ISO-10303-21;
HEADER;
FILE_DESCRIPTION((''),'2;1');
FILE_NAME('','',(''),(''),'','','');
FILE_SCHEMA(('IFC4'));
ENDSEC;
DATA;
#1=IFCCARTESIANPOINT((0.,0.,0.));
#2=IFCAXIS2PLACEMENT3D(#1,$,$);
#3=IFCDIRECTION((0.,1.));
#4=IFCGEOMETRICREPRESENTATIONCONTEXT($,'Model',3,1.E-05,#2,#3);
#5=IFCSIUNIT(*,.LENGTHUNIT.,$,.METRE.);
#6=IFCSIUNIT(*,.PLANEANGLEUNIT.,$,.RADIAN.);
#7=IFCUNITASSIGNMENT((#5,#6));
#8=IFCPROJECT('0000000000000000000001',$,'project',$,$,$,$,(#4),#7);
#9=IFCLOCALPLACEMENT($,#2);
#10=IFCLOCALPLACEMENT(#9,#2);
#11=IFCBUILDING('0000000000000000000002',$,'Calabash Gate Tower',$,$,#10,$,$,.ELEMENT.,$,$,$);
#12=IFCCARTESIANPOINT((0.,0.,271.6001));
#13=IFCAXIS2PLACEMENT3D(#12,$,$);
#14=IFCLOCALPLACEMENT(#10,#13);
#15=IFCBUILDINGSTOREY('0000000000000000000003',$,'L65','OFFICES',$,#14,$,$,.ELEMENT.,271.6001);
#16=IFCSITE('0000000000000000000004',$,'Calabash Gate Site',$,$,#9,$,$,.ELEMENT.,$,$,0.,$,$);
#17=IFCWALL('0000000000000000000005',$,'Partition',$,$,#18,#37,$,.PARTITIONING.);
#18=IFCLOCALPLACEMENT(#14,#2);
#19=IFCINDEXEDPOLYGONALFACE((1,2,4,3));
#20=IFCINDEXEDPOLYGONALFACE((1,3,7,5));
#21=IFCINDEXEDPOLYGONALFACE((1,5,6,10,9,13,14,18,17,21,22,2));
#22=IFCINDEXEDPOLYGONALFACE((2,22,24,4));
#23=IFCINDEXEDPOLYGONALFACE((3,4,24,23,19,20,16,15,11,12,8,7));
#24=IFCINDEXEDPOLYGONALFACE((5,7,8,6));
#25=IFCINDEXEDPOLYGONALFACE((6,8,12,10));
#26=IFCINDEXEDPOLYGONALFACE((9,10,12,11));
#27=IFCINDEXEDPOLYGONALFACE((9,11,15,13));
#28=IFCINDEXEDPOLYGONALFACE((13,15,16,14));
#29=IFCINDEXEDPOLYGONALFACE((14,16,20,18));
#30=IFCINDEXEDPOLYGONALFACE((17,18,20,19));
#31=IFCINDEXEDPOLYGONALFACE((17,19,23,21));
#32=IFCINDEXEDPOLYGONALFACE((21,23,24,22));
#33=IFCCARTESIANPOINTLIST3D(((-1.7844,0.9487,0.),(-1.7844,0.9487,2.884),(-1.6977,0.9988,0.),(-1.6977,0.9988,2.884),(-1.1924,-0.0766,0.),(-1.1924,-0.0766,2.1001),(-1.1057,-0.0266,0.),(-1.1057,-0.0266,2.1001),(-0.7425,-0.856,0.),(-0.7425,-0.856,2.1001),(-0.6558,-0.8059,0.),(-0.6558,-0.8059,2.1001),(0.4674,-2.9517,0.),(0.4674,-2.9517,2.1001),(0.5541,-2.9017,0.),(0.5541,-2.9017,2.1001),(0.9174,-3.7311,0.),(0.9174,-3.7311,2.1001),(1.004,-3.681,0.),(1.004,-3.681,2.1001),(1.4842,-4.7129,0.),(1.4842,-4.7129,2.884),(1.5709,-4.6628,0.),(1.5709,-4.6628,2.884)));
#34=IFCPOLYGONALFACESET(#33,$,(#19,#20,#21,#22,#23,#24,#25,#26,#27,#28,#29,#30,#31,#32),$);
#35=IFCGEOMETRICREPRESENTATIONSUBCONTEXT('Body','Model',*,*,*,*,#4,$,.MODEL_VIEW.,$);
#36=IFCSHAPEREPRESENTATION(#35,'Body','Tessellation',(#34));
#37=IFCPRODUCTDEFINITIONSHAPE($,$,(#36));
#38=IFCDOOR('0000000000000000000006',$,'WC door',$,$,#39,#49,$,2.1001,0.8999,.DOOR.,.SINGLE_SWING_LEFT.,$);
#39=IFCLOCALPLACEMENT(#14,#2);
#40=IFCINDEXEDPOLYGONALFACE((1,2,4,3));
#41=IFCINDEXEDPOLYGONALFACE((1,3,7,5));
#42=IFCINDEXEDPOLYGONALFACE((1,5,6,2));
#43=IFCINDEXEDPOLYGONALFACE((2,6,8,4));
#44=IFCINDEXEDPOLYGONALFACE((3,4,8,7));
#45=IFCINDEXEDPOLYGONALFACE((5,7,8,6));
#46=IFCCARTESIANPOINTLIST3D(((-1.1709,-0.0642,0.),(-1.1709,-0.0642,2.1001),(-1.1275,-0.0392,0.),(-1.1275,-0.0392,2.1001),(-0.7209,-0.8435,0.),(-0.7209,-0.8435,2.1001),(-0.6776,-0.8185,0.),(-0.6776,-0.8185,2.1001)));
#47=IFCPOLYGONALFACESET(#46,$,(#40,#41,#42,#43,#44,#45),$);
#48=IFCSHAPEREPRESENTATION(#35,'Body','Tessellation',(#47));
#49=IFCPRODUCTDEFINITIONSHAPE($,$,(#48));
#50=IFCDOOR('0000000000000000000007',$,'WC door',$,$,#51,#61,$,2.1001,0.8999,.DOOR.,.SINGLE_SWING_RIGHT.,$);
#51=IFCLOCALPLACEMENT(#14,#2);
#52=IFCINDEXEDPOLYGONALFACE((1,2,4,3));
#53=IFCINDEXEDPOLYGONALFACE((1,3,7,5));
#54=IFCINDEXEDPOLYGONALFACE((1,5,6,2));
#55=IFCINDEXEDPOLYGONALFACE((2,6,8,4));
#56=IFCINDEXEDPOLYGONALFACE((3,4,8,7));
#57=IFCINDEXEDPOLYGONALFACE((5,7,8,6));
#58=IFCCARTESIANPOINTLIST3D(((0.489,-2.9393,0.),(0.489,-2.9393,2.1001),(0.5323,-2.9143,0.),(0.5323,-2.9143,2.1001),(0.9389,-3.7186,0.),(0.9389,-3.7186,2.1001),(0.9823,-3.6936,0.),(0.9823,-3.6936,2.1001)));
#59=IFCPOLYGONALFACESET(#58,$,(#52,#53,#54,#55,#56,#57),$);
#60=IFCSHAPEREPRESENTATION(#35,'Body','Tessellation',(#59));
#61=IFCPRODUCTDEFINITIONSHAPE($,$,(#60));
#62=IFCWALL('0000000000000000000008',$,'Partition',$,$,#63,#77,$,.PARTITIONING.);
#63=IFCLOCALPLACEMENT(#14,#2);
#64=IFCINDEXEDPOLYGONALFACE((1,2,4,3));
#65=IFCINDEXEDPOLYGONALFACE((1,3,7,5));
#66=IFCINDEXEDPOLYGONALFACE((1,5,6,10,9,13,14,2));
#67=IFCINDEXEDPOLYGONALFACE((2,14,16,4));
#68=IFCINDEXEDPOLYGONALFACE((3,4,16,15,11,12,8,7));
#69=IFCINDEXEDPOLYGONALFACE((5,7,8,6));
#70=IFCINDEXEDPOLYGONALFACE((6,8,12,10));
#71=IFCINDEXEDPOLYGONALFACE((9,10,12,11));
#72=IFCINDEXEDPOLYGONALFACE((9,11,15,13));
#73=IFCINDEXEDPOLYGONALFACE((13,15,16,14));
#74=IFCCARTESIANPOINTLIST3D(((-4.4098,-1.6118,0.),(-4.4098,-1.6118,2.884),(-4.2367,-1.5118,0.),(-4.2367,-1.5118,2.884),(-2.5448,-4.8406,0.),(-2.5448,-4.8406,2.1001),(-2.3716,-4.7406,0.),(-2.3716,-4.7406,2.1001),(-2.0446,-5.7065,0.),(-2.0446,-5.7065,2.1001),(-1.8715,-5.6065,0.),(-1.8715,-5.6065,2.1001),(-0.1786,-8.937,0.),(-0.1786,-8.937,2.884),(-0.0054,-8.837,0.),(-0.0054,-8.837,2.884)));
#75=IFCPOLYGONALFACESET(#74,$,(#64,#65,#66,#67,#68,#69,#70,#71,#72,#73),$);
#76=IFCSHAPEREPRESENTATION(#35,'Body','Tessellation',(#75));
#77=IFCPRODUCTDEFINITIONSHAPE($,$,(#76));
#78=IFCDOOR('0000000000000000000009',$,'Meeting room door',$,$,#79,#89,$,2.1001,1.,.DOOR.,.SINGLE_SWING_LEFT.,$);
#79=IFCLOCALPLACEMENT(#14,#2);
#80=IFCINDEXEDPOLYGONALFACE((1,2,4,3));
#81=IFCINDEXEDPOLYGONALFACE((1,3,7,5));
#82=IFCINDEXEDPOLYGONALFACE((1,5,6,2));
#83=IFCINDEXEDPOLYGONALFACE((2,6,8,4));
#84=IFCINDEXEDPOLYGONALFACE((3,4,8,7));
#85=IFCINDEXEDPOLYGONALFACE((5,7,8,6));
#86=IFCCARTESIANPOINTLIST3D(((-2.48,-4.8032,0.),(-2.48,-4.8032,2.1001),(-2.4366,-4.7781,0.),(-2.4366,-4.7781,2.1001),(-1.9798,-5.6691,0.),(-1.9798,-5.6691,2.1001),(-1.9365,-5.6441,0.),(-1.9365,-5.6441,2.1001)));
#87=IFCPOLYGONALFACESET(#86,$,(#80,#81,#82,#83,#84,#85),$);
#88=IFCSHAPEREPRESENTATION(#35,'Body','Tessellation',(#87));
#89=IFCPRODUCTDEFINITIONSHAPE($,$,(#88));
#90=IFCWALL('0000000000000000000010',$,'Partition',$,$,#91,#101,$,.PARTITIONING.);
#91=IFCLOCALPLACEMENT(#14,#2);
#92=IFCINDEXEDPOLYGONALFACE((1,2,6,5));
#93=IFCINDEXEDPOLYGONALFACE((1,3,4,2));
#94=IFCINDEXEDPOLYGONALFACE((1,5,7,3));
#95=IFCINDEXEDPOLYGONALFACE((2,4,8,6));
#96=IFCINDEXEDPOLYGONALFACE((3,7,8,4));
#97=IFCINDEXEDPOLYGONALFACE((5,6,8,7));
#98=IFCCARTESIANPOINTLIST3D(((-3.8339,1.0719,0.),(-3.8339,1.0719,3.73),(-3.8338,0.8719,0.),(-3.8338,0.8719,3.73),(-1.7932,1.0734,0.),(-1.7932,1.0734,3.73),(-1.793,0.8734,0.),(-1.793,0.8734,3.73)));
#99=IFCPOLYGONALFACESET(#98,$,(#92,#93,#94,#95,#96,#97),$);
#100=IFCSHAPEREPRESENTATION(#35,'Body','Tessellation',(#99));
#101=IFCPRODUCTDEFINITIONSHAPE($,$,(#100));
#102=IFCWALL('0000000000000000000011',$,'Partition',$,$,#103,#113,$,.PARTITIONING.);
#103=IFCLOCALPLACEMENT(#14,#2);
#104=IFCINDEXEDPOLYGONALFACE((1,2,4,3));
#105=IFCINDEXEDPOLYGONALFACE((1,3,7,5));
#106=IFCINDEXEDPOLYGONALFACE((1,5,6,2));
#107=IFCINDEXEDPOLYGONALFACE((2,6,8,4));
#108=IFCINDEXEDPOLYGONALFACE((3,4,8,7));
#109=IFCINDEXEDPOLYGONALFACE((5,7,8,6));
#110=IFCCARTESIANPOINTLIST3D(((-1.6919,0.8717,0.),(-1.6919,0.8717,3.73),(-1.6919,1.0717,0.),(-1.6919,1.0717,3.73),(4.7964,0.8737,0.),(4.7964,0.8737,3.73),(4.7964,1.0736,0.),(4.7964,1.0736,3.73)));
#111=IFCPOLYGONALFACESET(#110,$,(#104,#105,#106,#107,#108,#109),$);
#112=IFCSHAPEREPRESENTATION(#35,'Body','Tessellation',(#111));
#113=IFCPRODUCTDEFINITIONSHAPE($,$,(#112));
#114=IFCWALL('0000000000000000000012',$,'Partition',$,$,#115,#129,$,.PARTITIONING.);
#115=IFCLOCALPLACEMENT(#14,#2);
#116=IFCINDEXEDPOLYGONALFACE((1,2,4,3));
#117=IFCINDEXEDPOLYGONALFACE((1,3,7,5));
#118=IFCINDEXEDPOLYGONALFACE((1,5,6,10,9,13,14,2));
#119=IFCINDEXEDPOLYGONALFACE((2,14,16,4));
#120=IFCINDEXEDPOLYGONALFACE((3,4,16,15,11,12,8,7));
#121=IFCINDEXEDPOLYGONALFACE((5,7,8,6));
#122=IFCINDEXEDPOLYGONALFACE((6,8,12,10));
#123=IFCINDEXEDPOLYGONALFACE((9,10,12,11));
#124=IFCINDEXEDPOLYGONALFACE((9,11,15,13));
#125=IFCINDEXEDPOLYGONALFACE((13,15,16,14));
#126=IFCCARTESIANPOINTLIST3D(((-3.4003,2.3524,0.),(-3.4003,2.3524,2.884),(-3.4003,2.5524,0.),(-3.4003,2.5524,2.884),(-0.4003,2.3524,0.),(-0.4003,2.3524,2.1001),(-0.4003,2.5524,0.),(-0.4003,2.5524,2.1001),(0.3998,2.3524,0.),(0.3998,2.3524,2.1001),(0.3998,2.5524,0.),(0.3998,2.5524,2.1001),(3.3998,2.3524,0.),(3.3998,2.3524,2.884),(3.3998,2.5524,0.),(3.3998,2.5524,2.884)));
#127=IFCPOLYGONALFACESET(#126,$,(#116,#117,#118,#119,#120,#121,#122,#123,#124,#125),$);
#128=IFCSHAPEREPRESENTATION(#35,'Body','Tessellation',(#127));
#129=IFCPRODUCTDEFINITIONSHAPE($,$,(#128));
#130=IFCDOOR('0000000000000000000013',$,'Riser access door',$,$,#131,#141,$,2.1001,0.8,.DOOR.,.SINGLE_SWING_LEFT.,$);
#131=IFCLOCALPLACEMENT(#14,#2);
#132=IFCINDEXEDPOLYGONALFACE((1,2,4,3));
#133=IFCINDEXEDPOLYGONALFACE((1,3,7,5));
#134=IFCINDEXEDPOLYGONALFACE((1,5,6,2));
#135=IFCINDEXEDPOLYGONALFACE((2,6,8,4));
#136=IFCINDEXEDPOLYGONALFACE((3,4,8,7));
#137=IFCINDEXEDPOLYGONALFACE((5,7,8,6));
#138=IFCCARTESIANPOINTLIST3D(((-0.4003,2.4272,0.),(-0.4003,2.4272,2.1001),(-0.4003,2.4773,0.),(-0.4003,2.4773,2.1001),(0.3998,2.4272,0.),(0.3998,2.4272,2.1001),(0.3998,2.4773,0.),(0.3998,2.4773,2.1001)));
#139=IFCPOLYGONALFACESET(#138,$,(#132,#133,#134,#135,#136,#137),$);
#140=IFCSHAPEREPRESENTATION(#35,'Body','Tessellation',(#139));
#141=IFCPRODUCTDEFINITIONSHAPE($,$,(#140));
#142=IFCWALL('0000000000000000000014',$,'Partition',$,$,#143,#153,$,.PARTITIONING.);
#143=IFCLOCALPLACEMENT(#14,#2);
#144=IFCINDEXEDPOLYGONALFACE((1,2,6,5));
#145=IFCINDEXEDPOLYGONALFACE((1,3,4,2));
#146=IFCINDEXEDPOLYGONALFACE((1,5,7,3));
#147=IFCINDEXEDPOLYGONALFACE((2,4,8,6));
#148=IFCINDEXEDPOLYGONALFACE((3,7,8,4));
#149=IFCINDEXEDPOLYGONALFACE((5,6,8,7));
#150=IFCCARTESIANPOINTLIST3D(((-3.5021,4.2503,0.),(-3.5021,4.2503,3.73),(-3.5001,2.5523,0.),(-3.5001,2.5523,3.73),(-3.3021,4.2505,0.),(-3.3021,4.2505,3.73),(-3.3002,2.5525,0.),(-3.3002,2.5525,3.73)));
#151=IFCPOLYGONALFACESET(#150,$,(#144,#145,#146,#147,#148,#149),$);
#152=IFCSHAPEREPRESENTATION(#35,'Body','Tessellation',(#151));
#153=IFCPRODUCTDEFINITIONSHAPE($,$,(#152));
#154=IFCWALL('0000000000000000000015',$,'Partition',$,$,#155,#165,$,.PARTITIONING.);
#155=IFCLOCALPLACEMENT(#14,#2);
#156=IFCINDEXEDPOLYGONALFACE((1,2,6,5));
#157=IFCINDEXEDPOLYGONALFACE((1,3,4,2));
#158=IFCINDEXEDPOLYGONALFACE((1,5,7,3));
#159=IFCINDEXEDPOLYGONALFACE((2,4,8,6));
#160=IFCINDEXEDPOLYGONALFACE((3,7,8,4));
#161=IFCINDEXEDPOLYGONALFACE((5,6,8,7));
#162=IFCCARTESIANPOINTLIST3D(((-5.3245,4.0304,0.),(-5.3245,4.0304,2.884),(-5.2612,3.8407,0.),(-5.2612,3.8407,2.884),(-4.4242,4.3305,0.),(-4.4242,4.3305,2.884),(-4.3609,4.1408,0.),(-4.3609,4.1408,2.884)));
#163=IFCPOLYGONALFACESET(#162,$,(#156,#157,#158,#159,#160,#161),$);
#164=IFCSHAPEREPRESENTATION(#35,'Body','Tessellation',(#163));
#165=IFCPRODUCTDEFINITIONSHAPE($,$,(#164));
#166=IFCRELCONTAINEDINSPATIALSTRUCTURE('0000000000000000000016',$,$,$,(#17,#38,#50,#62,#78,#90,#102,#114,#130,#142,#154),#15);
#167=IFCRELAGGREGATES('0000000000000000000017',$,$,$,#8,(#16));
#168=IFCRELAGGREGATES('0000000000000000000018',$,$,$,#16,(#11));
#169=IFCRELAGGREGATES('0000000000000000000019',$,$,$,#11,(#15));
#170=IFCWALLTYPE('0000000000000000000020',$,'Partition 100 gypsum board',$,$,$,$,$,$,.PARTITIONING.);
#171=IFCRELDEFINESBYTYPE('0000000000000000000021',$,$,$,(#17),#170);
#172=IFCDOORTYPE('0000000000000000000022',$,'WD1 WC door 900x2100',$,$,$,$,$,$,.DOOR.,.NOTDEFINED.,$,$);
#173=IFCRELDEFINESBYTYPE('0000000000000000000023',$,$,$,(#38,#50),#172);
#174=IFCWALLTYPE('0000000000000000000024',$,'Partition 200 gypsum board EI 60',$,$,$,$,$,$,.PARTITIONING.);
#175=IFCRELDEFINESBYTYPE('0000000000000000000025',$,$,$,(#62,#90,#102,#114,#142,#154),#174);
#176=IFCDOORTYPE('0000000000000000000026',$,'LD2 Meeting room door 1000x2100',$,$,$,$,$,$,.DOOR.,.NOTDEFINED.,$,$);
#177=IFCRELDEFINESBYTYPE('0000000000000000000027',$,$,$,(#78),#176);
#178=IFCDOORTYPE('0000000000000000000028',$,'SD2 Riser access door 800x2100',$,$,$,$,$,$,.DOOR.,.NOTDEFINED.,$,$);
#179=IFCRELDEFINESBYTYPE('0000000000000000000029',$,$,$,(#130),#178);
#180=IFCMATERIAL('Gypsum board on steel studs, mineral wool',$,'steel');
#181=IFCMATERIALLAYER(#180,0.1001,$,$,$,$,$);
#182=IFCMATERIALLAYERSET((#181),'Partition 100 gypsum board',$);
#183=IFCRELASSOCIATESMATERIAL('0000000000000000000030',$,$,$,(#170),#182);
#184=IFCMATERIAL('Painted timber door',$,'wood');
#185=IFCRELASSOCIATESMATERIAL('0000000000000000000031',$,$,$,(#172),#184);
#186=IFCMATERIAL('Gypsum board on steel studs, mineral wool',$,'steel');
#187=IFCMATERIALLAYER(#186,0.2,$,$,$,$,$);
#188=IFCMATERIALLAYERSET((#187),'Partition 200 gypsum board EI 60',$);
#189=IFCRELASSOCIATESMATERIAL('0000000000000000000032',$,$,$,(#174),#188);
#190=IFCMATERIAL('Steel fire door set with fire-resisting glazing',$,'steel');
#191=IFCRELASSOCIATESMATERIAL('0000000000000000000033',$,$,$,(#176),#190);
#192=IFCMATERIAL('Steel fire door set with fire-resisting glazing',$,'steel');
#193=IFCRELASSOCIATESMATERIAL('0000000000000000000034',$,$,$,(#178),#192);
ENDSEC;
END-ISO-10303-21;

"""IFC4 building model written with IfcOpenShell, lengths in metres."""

from ifc_helpers import new_model, si_unit, direction, frame, frame_2d, origin, place, context, subcontext, project, spatial, rectangle, extrude, material, layer, layer_set, type_object, element, fill, save


model = new_model("IFC4")

# Units and contexts
model_context = context("Model", 3, precision=1e-05, world=origin(), true_north=direction((0.0, 1.0)))
body_context = subcontext(model_context, "Body", "Model", "MODEL_VIEW")
ifc_project = project(units=[si_unit("LENGTHUNIT", "METRE"), si_unit("PLANEANGLEUNIT", "RADIAN")], contexts=[model_context])

# Site, building, storey
site_placement = place(None, origin())
site = spatial("IfcSite", under=ifc_project, at=site_placement, Name="Calabash Gate Site", CompositionType="ELEMENT", RefElevation=0.0)
building_placement = place(site_placement, origin())
building = spatial("IfcBuilding", under=site, at=building_placement, Name="Calabash Gate Tower", CompositionType="ELEMENT")
storey_placement = place(building_placement, frame((0.0, 0.0, 271.6001)))
storey = spatial("IfcBuildingStorey", under=building, at=storey_placement, Name="L65", Description="OFFICES", CompositionType="ELEMENT", Elevation=271.6001)

# Shared definitions
ifc_material_1 = material(Name="Gypsum board on steel studs, mineral wool", Category="steel")
ifc_layer_1 = layer(ifc_material_1, 0.1001)
ifc_layer_set_1 = layer_set([ifc_layer_1], Name="Partition 100 gypsum board")
wall_type_1 = type_object("IfcWallType", Name="Partition 100 gypsum board", PredefinedType="PARTITIONING", material=ifc_layer_set_1)

# Wall, openings, doors
wall_1_placement = place(storey_placement, frame((-1.741, 0.9736, 0.0), z_axis=(0.0, 0.0, 1.0), x_axis=(0.499979, -0.866038, 0.0)))
wall_1 = element("IfcWall", 1, at=wall_1_placement, inside=storey, type_object=wall_type_1, Name="Partition", PredefinedType="PARTITIONING", context=body_context, shape_type="SweptSolid", body=[
    extrude(rectangle(XDim=6.5374, YDim=0.1001, at=frame_2d((3.2686, 0.0))), origin(), (0.0, 0.0, 1.0), 2.884),
])
opening_1_placement = place(wall_1_placement, frame((1.1838, 0.0, 0.0)))
opening_1 = element("IfcOpeningElement", 2, at=opening_1_placement, cuts=wall_1, PredefinedType="OPENING", context=body_context, shape_type="SweptSolid", body=[
    extrude(rectangle(XDim=0.8999, YDim=2.1001, at=frame_2d((0.45, 1.05))), frame((0.0, 0.0601, 0.0), z_axis=(0.0, -1.0, 0.0), x_axis=(1.0, 0.0, 0.0)), (0.0, 0.0, 1.0), 0.1201),
])
opening_2_placement = place(wall_1_placement, frame((4.5037, 0.0, 0.0)))
opening_2 = element("IfcOpeningElement", 3, at=opening_2_placement, cuts=wall_1, PredefinedType="OPENING", context=body_context, shape_type="SweptSolid", body=[
    extrude(rectangle(XDim=0.8999, YDim=2.1001, at=frame_2d((0.45, 1.05))), frame((0.0, 0.0601, 0.0), z_axis=(0.0, -1.0, 0.0), x_axis=(1.0, 0.0, 0.0)), (0.0, 0.0, 1.0), 0.1201),
])
ifc_material_2 = material(Name="Painted timber door", Category="wood")
door_type_1 = type_object("IfcDoorType", Name="WD1 WC door 900x2100", OperationType="NOTDEFINED", PredefinedType="DOOR", material=ifc_material_2)
door_1_placement = place(opening_1_placement, origin())
door_1 = element("IfcDoor", 4, at=door_1_placement, inside=storey, type_object=door_type_1, Name="WC door", OperationType="SINGLE_SWING_LEFT", OverallHeight=2.1001, OverallWidth=0.8999, PredefinedType="DOOR", context=body_context, shape_type="SweptSolid", body=[
    extrude(rectangle(XDim=0.8999, YDim=2.1001, at=frame_2d((0.45, 1.05))), frame((0.0, 0.0249, 0.0), z_axis=(0.0, -1.0, 0.0), x_axis=(1.0, 0.0, 0.0)), (0.0, 0.0, 1.0), 0.05),
])
fill(opening_1, door_1)
door_2_placement = place(opening_2_placement, origin())
door_2 = element("IfcDoor", 5, at=door_2_placement, inside=storey, type_object=door_type_1, Name="WC door", OperationType="SINGLE_SWING_RIGHT", OverallHeight=2.1001, OverallWidth=0.8999, PredefinedType="DOOR", context=body_context, shape_type="SweptSolid", body=[
    extrude(rectangle(XDim=0.8999, YDim=2.1001, at=frame_2d((0.45, 1.05))), frame((0.0, 0.0249, 0.0), z_axis=(0.0, -1.0, 0.0), x_axis=(1.0, 0.0, 0.0)), (0.0, 0.0, 1.0), 0.05),
])
fill(opening_2, door_2)

# Wall, opening, door
ifc_material_3 = material(Name="Gypsum board on steel studs, mineral wool", Category="steel")
ifc_layer_2 = layer(ifc_material_3, 0.2)
ifc_layer_set_2 = layer_set([ifc_layer_2], Name="Partition 200 gypsum board EI 60")
wall_type_2 = type_object("IfcWallType", Name="Partition 200 gypsum board EI 60", PredefinedType="PARTITIONING", material=ifc_layer_set_2)
wall_2_placement = place(storey_placement, frame((-4.3232, -1.5618, 0.0), z_axis=(0.0, 0.0, 1.0), x_axis=(0.500177, -0.865923, 0.0)))
wall_2 = element("IfcWall", 6, at=wall_2_placement, inside=storey, type_object=wall_type_2, Name="Partition", PredefinedType="PARTITIONING", context=body_context, shape_type="SweptSolid", body=[
    extrude(rectangle(XDim=8.4595, YDim=0.2, at=frame_2d((4.2297, 0.0))), origin(), (0.0, 0.0, 1.0), 2.884),
])
opening_3_placement = place(wall_2_placement, frame((3.7288, 0.0, 0.0)))
opening_3 = element("IfcOpeningElement", 7, at=opening_3_placement, cuts=wall_2, PredefinedType="OPENING", context=body_context, shape_type="SweptSolid", body=[
    extrude(rectangle(XDim=1.0, YDim=2.1001, at=frame_2d((0.5, 1.05))), frame((0.0, 0.1099, 0.0), z_axis=(0.0, -1.0, 0.0), x_axis=(1.0, 0.0, 0.0)), (0.0, 0.0, 1.0), 0.22),
])
ifc_material_4 = material(Name="Steel fire door set with fire-resisting glazing", Category="steel")
door_type_2 = type_object("IfcDoorType", Name="LD2 Meeting room door 1000x2100", OperationType="NOTDEFINED", PredefinedType="DOOR", material=ifc_material_4)
door_3_placement = place(opening_3_placement, origin())
door_3 = element("IfcDoor", 8, at=door_3_placement, inside=storey, type_object=door_type_2, Name="Meeting room door", OperationType="SINGLE_SWING_LEFT", OverallHeight=2.1001, OverallWidth=1.0, PredefinedType="DOOR", context=body_context, shape_type="SweptSolid", body=[
    extrude(rectangle(XDim=1.0, YDim=2.1001, at=frame_2d((0.5, 1.05))), frame((0.0, 0.0249, 0.0), z_axis=(0.0, -1.0, 0.0), x_axis=(1.0, 0.0, 0.0)), (0.0, 0.0, 1.0), 0.05),
])
fill(opening_3, door_3)

# Walls
wall_3_placement = place(storey_placement, frame((-3.834, 0.9719, 0.0), z_axis=(0.0, 0.0, 1.0), x_axis=(1.0, 0.000718, 0.0)))
element("IfcWall", 9, at=wall_3_placement, inside=storey, type_object=wall_type_2, Name="Partition", PredefinedType="PARTITIONING", context=body_context, shape_type="SweptSolid", body=[
    extrude(rectangle(XDim=2.0408, YDim=0.2, at=frame_2d((1.0205, 0.0))), origin(), (0.0, 0.0, 1.0), 3.73),
])
wall_4_placement = place(storey_placement, frame((-1.6919, 0.9717, 0.0), z_axis=(0.0, 0.0, 1.0), x_axis=(1.0, 0.000301, 0.0)))
element("IfcWall", 10, at=wall_4_placement, inside=storey, type_object=wall_type_2, Name="Partition", PredefinedType="PARTITIONING", context=body_context, shape_type="SweptSolid", body=[
    extrude(rectangle(XDim=6.4883, YDim=0.2, at=frame_2d((3.2441, 0.0))), origin(), (0.0, 0.0, 1.0), 3.73),
])

# Wall, opening, door
wall_5_placement = place(storey_placement, frame((-3.4001, 2.4524, 0.0), z_axis=(0.0, 0.0, 1.0), x_axis=(1.0, 0.0, 0.0)))
wall_5 = element("IfcWall", 11, at=wall_5_placement, inside=storey, type_object=wall_type_2, Name="Partition", PredefinedType="PARTITIONING", context=body_context, shape_type="SweptSolid", body=[
    extrude(rectangle(XDim=6.8, YDim=0.2, at=frame_2d((3.3999, 0.0))), origin(), (0.0, 0.0, 1.0), 2.884),
])
opening_4_placement = place(wall_5_placement, frame((3.0, 0.0, 0.0)))
opening_4 = element("IfcOpeningElement", 12, at=opening_4_placement, cuts=wall_5, PredefinedType="OPENING", context=body_context, shape_type="SweptSolid", body=[
    extrude(rectangle(XDim=0.8, YDim=2.1001, at=frame_2d((0.3999, 1.05))), frame((0.0, 0.1099, 0.0), z_axis=(0.0, -1.0, 0.0), x_axis=(1.0, 0.0, 0.0)), (0.0, 0.0, 1.0), 0.22),
])
ifc_material_5 = material(Name="Steel fire door set with fire-resisting glazing", Category="steel")
door_type_3 = type_object("IfcDoorType", Name="SD2 Riser access door 800x2100", OperationType="NOTDEFINED", PredefinedType="DOOR", material=ifc_material_5)
door_4_placement = place(opening_4_placement, origin())
door_4 = element("IfcDoor", 13, at=door_4_placement, inside=storey, type_object=door_type_3, Name="Riser access door", OperationType="SINGLE_SWING_LEFT", OverallHeight=2.1001, OverallWidth=0.8, PredefinedType="DOOR", context=body_context, shape_type="SweptSolid", body=[
    extrude(rectangle(XDim=0.8, YDim=2.1001, at=frame_2d((0.3999, 1.05))), frame((0.0, 0.0249, 0.0), z_axis=(0.0, -1.0, 0.0), x_axis=(1.0, 0.0, 0.0)), (0.0, 0.0, 1.0), 0.05),
])
fill(opening_4, door_4)

# Walls
wall_6_placement = place(storey_placement, frame((-3.4021, 4.2505, 0.0), z_axis=(0.0, 0.0, 1.0), x_axis=(0.00115, -0.999999, 0.0)))
element("IfcWall", 14, at=wall_6_placement, inside=storey, type_object=wall_type_2, Name="Partition", PredefinedType="PARTITIONING", context=body_context, shape_type="SweptSolid", body=[
    extrude(rectangle(XDim=1.698, YDim=0.2, at=frame_2d((0.8491, 0.0))), origin(), (0.0, 0.0, 1.0), 3.73),
])
wall_7_placement = place(storey_placement, frame((-5.293, 3.9355, 0.0), z_axis=(0.0, 0.0, 1.0), x_axis=(0.948709, 0.316151, 0.0)))
element("IfcWall", 15, at=wall_7_placement, inside=storey, type_object=wall_type_2, Name="Partition", PredefinedType="PARTITIONING", context=body_context, shape_type="SweptSolid", body=[
    extrude(rectangle(XDim=0.949, YDim=0.2, at=frame_2d((0.4746, 0.0))), origin(), (0.0, 0.0, 1.0), 2.884),
])

save(model, "model.ifc")
